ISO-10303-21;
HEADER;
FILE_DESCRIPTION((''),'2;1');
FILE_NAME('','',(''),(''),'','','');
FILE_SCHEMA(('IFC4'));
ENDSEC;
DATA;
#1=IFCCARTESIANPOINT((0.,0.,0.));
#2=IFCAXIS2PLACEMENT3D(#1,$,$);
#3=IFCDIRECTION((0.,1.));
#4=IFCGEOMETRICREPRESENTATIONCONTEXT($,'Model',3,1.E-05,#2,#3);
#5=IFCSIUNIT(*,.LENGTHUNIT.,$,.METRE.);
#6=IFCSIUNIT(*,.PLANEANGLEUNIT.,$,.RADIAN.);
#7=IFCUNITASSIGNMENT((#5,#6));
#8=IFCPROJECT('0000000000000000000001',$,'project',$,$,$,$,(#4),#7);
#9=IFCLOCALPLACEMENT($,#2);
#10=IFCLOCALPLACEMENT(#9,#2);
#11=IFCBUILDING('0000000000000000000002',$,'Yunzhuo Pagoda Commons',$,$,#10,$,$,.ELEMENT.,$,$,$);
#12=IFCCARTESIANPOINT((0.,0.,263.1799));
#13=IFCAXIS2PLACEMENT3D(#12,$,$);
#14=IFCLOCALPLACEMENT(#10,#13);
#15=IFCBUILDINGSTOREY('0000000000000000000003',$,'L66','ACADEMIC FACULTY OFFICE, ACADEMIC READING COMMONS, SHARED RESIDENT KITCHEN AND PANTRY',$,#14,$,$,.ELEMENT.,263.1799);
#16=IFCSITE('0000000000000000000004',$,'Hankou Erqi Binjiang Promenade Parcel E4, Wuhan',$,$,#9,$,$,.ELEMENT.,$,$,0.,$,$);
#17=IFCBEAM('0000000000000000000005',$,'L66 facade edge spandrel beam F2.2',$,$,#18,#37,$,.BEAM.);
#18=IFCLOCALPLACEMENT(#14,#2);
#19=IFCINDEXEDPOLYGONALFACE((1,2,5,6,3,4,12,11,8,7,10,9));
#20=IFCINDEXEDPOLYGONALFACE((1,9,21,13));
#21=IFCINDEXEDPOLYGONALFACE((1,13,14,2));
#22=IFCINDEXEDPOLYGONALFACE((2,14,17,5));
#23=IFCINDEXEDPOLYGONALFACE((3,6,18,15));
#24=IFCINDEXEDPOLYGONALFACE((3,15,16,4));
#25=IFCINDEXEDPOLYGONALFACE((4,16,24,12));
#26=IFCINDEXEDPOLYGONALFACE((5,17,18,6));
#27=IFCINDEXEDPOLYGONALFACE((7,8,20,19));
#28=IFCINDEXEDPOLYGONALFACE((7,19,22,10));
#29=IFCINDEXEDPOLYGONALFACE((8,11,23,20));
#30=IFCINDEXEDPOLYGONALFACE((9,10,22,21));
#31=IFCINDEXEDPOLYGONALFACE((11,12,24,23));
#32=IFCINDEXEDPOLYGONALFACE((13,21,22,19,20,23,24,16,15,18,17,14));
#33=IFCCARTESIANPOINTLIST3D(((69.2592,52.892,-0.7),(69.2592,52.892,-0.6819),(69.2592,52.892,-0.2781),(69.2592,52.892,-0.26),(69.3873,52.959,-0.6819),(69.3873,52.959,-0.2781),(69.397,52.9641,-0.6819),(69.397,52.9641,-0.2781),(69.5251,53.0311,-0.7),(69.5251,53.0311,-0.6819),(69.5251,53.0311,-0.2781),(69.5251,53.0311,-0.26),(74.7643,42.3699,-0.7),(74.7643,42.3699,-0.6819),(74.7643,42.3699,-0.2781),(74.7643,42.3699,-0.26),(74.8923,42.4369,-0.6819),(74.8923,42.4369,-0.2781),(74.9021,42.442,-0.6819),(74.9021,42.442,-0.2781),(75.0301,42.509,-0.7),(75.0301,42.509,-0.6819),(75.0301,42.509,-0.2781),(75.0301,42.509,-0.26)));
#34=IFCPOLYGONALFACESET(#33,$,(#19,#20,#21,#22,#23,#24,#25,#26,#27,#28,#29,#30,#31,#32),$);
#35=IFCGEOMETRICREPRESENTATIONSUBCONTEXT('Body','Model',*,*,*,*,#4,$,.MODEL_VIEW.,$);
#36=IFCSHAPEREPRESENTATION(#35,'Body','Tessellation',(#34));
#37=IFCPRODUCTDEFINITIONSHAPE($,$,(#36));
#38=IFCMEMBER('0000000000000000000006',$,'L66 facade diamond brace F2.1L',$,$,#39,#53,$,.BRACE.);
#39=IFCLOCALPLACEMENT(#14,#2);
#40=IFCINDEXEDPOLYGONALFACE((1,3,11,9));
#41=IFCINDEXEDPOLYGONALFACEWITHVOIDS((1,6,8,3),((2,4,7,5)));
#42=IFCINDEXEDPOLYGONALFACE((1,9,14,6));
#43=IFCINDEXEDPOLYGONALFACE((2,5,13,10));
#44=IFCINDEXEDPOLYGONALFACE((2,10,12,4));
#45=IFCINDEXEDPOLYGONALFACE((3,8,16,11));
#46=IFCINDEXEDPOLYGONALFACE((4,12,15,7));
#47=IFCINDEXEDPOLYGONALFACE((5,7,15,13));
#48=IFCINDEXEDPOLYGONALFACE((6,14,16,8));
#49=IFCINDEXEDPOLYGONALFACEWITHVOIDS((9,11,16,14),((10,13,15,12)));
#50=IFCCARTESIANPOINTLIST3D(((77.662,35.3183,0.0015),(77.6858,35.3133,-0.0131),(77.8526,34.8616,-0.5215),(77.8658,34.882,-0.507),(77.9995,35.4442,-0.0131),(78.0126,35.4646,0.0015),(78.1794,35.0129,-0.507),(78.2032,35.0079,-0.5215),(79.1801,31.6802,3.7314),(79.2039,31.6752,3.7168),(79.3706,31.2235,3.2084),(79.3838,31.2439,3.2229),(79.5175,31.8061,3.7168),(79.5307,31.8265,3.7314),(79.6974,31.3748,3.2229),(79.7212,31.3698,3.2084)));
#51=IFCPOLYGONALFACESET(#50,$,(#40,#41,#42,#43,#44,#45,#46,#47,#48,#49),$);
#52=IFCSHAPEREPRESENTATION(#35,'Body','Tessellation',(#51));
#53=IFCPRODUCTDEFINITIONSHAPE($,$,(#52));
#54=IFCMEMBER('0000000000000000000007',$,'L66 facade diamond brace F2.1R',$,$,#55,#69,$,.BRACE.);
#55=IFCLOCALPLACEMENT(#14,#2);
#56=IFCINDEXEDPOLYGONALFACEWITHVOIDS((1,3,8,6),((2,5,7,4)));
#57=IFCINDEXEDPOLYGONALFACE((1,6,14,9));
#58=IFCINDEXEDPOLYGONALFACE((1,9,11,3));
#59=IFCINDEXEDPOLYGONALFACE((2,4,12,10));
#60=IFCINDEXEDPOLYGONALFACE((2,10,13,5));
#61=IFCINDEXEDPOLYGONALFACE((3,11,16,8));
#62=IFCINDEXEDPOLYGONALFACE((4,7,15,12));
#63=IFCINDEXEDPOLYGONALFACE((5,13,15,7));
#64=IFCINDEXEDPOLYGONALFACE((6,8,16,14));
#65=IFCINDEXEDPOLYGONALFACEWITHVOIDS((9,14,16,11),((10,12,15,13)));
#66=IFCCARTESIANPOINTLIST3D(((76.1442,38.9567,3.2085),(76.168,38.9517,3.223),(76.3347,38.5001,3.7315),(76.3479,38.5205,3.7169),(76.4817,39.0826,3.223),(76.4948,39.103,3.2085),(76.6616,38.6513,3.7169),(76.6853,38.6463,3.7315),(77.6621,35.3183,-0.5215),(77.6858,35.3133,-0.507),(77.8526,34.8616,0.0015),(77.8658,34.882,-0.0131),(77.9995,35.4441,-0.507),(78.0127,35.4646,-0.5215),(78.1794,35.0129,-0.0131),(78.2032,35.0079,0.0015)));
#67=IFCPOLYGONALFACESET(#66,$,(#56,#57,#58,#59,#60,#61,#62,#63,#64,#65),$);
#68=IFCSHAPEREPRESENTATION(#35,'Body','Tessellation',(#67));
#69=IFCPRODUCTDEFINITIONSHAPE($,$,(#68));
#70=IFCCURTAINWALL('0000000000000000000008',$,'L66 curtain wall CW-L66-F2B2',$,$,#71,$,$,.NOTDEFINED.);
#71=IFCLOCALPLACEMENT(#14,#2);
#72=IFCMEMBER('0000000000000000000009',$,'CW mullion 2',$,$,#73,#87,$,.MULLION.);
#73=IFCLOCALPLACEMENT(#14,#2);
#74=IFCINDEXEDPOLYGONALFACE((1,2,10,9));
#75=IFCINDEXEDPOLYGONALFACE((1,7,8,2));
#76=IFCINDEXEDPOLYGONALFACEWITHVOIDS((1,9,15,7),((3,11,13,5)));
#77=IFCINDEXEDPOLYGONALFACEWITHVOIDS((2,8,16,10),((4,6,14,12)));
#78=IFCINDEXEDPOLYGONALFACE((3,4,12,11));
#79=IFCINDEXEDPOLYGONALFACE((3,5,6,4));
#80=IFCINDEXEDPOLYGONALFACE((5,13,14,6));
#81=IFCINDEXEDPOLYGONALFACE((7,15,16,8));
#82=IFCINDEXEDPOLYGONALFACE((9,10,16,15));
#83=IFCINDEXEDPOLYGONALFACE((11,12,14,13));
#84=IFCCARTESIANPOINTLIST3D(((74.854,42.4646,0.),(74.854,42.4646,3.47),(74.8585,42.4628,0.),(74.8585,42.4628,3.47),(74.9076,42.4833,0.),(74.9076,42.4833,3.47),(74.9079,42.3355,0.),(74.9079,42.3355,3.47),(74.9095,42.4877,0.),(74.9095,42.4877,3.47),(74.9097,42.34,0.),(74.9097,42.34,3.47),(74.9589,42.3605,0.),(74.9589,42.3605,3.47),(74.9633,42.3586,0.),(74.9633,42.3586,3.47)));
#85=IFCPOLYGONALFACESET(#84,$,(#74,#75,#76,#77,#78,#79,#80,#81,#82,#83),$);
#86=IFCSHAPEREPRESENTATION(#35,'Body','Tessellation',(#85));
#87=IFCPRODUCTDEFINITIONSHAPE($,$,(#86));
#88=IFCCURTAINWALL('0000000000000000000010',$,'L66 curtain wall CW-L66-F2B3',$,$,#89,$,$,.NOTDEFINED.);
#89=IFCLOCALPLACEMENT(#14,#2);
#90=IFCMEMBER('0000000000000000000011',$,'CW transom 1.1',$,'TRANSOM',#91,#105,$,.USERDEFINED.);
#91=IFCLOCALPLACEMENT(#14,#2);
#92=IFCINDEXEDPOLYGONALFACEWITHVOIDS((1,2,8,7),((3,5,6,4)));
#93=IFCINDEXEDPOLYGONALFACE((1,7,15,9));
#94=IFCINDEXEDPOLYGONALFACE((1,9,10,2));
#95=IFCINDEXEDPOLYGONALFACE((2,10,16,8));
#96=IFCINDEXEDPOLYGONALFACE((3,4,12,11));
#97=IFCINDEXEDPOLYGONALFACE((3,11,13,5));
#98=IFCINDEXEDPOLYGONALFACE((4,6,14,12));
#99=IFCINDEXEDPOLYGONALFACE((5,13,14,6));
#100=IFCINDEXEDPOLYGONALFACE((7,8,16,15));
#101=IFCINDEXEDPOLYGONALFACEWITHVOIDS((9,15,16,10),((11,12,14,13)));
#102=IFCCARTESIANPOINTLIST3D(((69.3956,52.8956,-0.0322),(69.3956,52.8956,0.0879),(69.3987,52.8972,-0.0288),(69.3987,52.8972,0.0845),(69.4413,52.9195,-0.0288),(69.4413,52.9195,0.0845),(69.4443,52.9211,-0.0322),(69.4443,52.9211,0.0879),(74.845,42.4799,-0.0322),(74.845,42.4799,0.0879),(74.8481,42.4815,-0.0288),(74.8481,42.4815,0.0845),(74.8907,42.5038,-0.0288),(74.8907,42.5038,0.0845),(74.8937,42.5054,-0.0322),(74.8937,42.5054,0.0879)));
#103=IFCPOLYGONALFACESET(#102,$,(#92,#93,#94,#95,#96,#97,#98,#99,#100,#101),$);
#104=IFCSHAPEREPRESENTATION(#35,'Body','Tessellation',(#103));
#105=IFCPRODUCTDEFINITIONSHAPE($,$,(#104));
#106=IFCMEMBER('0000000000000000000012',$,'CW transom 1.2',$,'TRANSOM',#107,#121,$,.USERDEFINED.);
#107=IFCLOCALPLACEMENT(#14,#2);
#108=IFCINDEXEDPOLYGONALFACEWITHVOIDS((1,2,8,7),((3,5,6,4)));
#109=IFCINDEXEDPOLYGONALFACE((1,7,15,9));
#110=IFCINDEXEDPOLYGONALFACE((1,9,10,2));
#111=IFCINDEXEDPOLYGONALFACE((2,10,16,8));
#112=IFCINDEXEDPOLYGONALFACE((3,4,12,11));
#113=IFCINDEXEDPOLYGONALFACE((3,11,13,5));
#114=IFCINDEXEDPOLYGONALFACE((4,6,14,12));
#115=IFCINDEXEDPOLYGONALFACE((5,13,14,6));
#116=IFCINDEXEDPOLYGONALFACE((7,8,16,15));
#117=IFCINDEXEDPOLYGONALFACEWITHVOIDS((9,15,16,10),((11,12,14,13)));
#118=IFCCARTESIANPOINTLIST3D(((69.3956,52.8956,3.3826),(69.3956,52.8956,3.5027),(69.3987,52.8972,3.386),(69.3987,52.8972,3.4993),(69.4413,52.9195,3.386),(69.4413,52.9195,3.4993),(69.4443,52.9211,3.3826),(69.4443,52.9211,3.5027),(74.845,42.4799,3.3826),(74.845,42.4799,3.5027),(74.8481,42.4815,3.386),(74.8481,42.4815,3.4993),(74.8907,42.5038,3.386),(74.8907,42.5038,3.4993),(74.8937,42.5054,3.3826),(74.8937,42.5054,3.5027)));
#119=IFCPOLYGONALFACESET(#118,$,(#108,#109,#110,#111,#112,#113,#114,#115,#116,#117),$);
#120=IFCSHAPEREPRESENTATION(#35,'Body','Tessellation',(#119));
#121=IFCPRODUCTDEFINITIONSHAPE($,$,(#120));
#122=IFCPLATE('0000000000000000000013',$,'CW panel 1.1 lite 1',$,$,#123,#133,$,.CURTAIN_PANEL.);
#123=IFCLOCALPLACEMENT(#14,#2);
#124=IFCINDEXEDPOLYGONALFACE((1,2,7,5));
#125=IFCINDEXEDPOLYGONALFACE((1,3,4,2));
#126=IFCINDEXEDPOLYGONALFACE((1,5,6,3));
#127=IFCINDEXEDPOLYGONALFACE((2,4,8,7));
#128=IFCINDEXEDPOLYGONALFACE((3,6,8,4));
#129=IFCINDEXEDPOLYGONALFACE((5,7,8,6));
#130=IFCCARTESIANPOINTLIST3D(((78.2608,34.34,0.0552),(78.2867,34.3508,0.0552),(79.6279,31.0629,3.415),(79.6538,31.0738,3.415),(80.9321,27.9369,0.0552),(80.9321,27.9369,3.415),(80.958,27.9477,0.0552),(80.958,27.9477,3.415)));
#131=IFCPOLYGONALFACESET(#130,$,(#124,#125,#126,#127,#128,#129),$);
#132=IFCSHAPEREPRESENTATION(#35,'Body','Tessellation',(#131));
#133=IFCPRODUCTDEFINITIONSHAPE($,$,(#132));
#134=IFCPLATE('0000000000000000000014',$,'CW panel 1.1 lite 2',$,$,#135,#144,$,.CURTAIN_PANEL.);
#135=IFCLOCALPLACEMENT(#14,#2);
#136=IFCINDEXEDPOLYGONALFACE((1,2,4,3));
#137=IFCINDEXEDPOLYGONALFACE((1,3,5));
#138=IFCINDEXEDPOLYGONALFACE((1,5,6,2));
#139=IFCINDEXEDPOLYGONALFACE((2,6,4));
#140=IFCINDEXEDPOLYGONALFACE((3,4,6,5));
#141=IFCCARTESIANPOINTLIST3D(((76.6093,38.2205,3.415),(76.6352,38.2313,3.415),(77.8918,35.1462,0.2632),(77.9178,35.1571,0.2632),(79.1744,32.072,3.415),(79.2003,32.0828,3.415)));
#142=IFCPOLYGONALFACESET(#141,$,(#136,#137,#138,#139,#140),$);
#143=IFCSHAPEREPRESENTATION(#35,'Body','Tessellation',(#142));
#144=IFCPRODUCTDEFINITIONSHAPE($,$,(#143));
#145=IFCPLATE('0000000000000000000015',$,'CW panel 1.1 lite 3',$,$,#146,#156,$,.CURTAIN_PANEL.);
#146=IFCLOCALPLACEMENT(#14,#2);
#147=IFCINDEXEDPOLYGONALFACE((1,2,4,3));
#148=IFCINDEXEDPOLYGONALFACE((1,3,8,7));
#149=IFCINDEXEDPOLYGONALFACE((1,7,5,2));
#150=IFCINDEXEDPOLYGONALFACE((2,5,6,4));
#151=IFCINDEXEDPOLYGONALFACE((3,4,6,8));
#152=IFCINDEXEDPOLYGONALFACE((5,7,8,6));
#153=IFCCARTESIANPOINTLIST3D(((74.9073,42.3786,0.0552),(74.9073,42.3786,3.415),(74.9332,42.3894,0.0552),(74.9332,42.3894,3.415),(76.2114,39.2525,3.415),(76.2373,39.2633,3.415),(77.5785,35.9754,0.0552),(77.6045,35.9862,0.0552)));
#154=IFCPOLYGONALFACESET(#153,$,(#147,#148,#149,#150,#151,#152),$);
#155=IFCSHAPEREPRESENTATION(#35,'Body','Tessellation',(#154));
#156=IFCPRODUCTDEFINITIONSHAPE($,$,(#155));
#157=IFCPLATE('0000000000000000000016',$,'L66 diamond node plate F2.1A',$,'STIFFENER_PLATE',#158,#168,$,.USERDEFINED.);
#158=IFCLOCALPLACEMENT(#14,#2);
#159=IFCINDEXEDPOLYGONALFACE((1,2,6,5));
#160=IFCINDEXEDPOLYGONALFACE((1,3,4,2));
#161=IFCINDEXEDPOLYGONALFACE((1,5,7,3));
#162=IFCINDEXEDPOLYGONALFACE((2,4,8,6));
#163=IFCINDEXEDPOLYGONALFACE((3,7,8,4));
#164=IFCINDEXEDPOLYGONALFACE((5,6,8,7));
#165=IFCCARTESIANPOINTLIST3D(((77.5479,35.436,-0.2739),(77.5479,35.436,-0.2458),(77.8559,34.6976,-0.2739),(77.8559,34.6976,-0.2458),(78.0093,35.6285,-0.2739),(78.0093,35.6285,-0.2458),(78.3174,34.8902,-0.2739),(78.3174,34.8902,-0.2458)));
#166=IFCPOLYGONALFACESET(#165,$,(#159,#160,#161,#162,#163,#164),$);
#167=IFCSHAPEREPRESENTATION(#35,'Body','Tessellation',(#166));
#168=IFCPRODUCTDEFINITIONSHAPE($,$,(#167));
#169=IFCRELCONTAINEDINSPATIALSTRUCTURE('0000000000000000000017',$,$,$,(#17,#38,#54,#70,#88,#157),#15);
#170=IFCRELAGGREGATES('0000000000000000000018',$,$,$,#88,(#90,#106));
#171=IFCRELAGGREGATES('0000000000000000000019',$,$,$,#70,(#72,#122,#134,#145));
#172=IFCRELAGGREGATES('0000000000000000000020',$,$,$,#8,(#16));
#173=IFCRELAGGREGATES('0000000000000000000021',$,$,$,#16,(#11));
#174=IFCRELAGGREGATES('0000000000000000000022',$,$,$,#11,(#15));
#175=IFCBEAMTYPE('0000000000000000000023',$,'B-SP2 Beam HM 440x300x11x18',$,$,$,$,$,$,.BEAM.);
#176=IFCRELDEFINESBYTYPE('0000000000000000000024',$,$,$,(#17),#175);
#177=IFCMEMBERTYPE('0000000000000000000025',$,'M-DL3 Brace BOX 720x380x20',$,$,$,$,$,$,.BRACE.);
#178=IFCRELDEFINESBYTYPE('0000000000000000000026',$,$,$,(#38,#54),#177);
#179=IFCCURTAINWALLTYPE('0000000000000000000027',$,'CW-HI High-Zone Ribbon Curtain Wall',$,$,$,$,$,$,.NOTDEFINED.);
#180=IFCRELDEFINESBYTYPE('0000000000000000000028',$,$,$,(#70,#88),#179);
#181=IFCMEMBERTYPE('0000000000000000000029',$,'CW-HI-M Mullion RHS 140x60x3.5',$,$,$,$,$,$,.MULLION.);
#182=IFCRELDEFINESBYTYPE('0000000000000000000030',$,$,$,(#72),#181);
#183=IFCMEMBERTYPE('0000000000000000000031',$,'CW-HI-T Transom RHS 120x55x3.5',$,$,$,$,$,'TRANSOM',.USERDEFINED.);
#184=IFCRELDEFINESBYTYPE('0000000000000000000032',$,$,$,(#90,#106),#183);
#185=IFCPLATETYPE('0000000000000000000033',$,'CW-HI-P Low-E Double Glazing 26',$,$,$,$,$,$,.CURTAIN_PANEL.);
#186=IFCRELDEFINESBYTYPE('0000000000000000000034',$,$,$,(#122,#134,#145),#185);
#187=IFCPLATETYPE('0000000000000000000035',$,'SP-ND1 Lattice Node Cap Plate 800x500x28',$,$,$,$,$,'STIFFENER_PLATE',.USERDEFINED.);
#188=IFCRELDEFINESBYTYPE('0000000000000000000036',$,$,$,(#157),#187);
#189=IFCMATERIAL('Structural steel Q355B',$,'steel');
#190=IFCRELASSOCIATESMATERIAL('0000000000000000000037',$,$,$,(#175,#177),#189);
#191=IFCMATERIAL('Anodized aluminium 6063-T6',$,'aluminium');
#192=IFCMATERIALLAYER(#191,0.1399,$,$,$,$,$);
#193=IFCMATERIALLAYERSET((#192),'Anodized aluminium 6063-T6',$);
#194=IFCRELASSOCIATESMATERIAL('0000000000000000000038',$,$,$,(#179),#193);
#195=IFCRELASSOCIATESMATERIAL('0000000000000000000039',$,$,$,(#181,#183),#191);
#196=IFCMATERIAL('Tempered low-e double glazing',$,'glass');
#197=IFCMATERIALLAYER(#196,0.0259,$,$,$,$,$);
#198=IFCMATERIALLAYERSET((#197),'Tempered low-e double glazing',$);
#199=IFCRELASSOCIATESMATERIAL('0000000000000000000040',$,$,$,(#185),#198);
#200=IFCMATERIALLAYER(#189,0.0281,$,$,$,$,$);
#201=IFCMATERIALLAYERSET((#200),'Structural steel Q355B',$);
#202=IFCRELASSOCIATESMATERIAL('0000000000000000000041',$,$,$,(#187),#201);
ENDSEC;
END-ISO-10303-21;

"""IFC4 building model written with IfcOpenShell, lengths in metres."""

from ifc_helpers import new_model, si_unit, direction, frame, origin, origin_2d, place, context, subcontext, project, spatial, polyline, rectangle, hollow_rectangle, i_section, outline, extrude, source, transform, mapped, material, layer, layer_set, material_profile, profile_set, type_object, element, aggregate, save


model = new_model("IFC4")

# Units and contexts
model_context = context("Model", 3, precision=1e-05, world=origin(), true_north=direction((0.0, 1.0)))
body_context = subcontext(model_context, "Body", "Model", "MODEL_VIEW")
ifc_project = project(units=[si_unit("LENGTHUNIT", "METRE"), si_unit("PLANEANGLEUNIT", "RADIAN")], contexts=[model_context])

# Site, building, storey
site_placement = place(None, origin())
site = spatial("IfcSite", under=ifc_project, at=site_placement, Name="Hankou Erqi Binjiang Promenade Parcel E4, Wuhan", CompositionType="ELEMENT", RefElevation=0.0)
building_placement = place(site_placement, origin())
building = spatial("IfcBuilding", under=site, at=building_placement, Name="Yunzhuo Pagoda Commons", CompositionType="ELEMENT")
storey_placement = place(building_placement, frame((0.0, 0.0, 263.1799)))
storey = spatial("IfcBuildingStorey", under=building, at=storey_placement, Name="L66", Description="ACADEMIC FACULTY OFFICE, ACADEMIC READING COMMONS, SHARED RESIDENT KITCHEN AND PANTRY", CompositionType="ELEMENT", Elevation=263.1799)

# Shared definitions
ifc_material_1 = material(Name="Structural steel Q355B", Category="steel")

# Beam
ifc_material_profile_1 = material_profile(ifc_material_1, i_section(OverallWidth=0.3, OverallDepth=0.4399, WebThickness=0.011, FlangeThickness=0.0181, at=origin_2d()), Name="Structural steel Q355B")
ifc_profile_set_1 = profile_set([ifc_material_profile_1], Name="Structural steel Q355B")
beam_type_1 = type_object("IfcBeamType", Name="B-SP2 Beam HM 440x300x11x18", PredefinedType="BEAM", material=ifc_profile_set_1)
shared_shape_1 = source(origin(), body_context, "Body", "SweptSolid", [
    extrude(i_section(OverallWidth=0.3, OverallDepth=0.4399, WebThickness=0.011, FlangeThickness=0.0181, at=origin_2d()), origin(), (0.0, 0.0, 1.0), 11.8752),
])
beam_1_placement = place(storey_placement, frame((74.8972, 42.4395, -0.48), z_axis=(-0.463577, 0.886057, 0.0), x_axis=(-0.886057, -0.463577, 0.0)))
element("IfcBeam", 1, at=beam_1_placement, inside=storey, type_object=beam_type_1, Name="L66 facade edge spandrel beam F2.2", PredefinedType="BEAM", context=body_context, shape_type="MappedRepresentation", body=[
    mapped(shared_shape_1, transform((0.0, 0.0, 0.0), scale=1.0)),
])

# Members
ifc_material_profile_2 = material_profile(ifc_material_1, hollow_rectangle(XDim=0.3799, YDim=0.72, WallThickness=0.02, at=origin_2d()), Name="Structural steel Q355B")
ifc_profile_set_2 = profile_set([ifc_material_profile_2], Name="Structural steel Q355B")
member_type_1 = type_object("IfcMemberType", Name="M-DL3 Brace BOX 720x380x20", PredefinedType="BRACE", material=ifc_profile_set_2)
shared_shape_2 = source(origin(), body_context, "Body", "SweptSolid", [
    extrude(hollow_rectangle(XDim=0.3799, YDim=0.72, WallThickness=0.02, at=origin_2d()), origin(), (0.0, 0.0, 1.0), 5.427),
])
member_1_placement = place(storey_placement, frame((77.9326, 35.1631, -0.26), z_axis=(0.279718, -0.670371, 0.687285), x_axis=(0.922883, 0.385081, 0.0)))
element("IfcMember", 2, at=member_1_placement, inside=storey, type_object=member_type_1, Name="L66 facade diamond brace F2.1L", PredefinedType="BRACE", context=body_context, shape_type="MappedRepresentation", body=[
    mapped(shared_shape_2, transform((0.0, 0.0, 0.0), scale=1.0)),
])
shared_shape_3 = source(origin(), body_context, "Body", "SweptSolid", [
    extrude(hollow_rectangle(XDim=0.3799, YDim=0.72, WallThickness=0.02, at=origin_2d()), origin(), (0.0, 0.0, 1.0), 5.4272),
])
member_2_placement = place(storey_placement, frame((77.9326, 35.1631, -0.26), z_axis=(-0.279669, 0.670404, 0.687273), x_axis=(-0.922914, -0.385007, 0.0)))
element("IfcMember", 3, at=member_2_placement, inside=storey, type_object=member_type_1, Name="L66 facade diamond brace F2.1R", PredefinedType="BRACE", context=body_context, shape_type="MappedRepresentation", body=[
    mapped(shared_shape_3, transform((0.0, 0.0, 0.0), scale=1.0)),
])

# Curtain wall, member
ifc_material_2 = material(Name="Anodized aluminium 6063-T6", Category="aluminium")
ifc_layer_1 = layer(ifc_material_2, 0.1399)
ifc_layer_set_1 = layer_set([ifc_layer_1], Name="Anodized aluminium 6063-T6")
curtain_wall_type = type_object("IfcCurtainWallType", Name="CW-HI High-Zone Ribbon Curtain Wall", PredefinedType="NOTDEFINED", material=ifc_layer_set_1)
curtain_wall_1_placement = place(storey_placement, origin())
curtain_wall_1 = element("IfcCurtainWall", 4, at=curtain_wall_1_placement, inside=storey, type_object=curtain_wall_type, Name="L66 curtain wall CW-L66-F2B2", PredefinedType="NOTDEFINED")
ifc_material_profile_3 = material_profile(ifc_material_2, hollow_rectangle(XDim=0.0601, YDim=0.1399, WallThickness=0.0034, at=origin_2d()), Name="Anodized aluminium 6063-T6")
ifc_profile_set_3 = profile_set([ifc_material_profile_3], Name="Anodized aluminium 6063-T6")
member_type_2 = type_object("IfcMemberType", Name="CW-HI-M Mullion RHS 140x60x3.5", PredefinedType="MULLION", material=ifc_profile_set_3)
shared_shape_4 = source(origin(), body_context, "Body", "SweptSolid", [
    extrude(hollow_rectangle(XDim=0.0601, YDim=0.1399, WallThickness=0.0034, at=origin_2d()), origin(), (0.0, 0.0, 1.0), 3.47),
])
member_3_placement = place(storey_placement, frame((74.9087, 42.4116, 0.0), z_axis=(0.0, 0.0, 1.0), x_axis=(-0.92291, -0.385016, 0.0)))
member_3 = element("IfcMember", 5, at=member_3_placement, type_object=member_type_2, Name="CW mullion 2", PredefinedType="MULLION", context=body_context, shape_type="MappedRepresentation", body=[
    mapped(shared_shape_4, transform((0.0, 0.0, 0.0), scale=1.0)),
])

# Curtain wall, members
curtain_wall_2_placement = place(storey_placement, origin())
curtain_wall_2 = element("IfcCurtainWall", 6, at=curtain_wall_2_placement, inside=storey, type_object=curtain_wall_type, Name="L66 curtain wall CW-L66-F2B3", PredefinedType="NOTDEFINED")
ifc_material_profile_4 = material_profile(ifc_material_2, hollow_rectangle(XDim=0.0549, YDim=0.1201, WallThickness=0.0034, at=origin_2d()), Name="Anodized aluminium 6063-T6")
ifc_profile_set_4 = profile_set([ifc_material_profile_4], Name="Anodized aluminium 6063-T6")
member_type_3 = type_object("IfcMemberType", Name="CW-HI-T Transom RHS 120x55x3.5", ElementType="TRANSOM", PredefinedType="USERDEFINED", material=ifc_profile_set_4)
shared_shape_5 = source(origin(), body_context, "Body", "SweptSolid", [
    extrude(hollow_rectangle(XDim=0.0549, YDim=0.1201, WallThickness=0.0034, at=origin_2d()), origin(), (0.0, 0.0, 1.0), 11.7551),
])
member_4_placement = place(storey_placement, frame((74.8694, 42.4927, 0.0278), z_axis=(-0.463579, 0.886056, 0.0), x_axis=(-0.886056, -0.463579, 0.0)))
member_4 = element("IfcMember", 7, at=member_4_placement, type_object=member_type_3, Name="CW transom 1.1", ObjectType="TRANSOM", PredefinedType="USERDEFINED", context=body_context, shape_type="MappedRepresentation", body=[
    mapped(shared_shape_5, transform((0.0, 0.0, 0.0), scale=1.0)),
])
member_5_placement = place(storey_placement, frame((74.8694, 42.4927, 3.4426), z_axis=(-0.463579, 0.886056, 0.0), x_axis=(-0.886056, -0.463579, 0.0)))
member_5 = element("IfcMember", 8, at=member_5_placement, type_object=member_type_3, Name="CW transom 1.2", ObjectType="TRANSOM", PredefinedType="USERDEFINED", context=body_context, shape_type="MappedRepresentation", body=[
    mapped(shared_shape_5, transform((0.0, 0.0, 0.0), scale=1.0)),
])
aggregate(curtain_wall_2, [member_4, member_5])

# Plates
ifc_material_3 = material(Name="Tempered low-e double glazing", Category="glass")
ifc_layer_2 = layer(ifc_material_3, 0.0259)
ifc_layer_set_2 = layer_set([ifc_layer_2], Name="Tempered low-e double glazing")
plate_type_1 = type_object("IfcPlateType", Name="CW-HI-P Low-E Double Glazing 26", PredefinedType="CURTAIN_PANEL", material=ifc_layer_set_2)
plate_1_placement = place(storey_placement, frame((79.5964, 31.1384, 1.7351), z_axis=(0.92291, 0.385016, 0.0), x_axis=(-0.385016, 0.92291, 0.0)))
plate_1 = element("IfcPlate", 9, at=plate_1_placement, type_object=plate_type_1, Name="CW panel 1.1 lite 1", PredefinedType="CURTAIN_PANEL", context=body_context, shape_type="SweptSolid", body=[
    extrude(outline(polyline([(-3.469, -1.6799), (3.469, -1.6799), (-0.0818, 1.6799), (-3.469, 1.6799), (-3.469, -1.6799)])), origin(), (0.0, 0.0, 1.0), 0.0281),
])
plate_2_placement = place(storey_placement, frame((77.8918, 35.1462, 1.8391), z_axis=(0.92291, 0.385016, 0.0), x_axis=(-0.385016, 0.92291, 0.0)))
plate_2 = element("IfcPlate", 10, at=plate_2_placement, type_object=plate_type_1, Name="CW panel 1.1 lite 2", PredefinedType="CURTAIN_PANEL", context=body_context, shape_type="SweptSolid", body=[
    extrude(outline(polyline([(-3.3311, 1.5759), (0.0, -1.5759), (3.3311, 1.5759), (-3.3311, 1.5759)])), origin(), (0.0, 0.0, 1.0), 0.0281),
])
plate_3_placement = place(storey_placement, frame((76.2429, 39.177, 1.7351), z_axis=(0.92291, 0.385016, 0.0), x_axis=(-0.385016, 0.92291, 0.0)))
plate_3 = element("IfcPlate", 11, at=plate_3_placement, type_object=plate_type_1, Name="CW panel 1.1 lite 3", PredefinedType="CURTAIN_PANEL", context=body_context, shape_type="SweptSolid", body=[
    extrude(outline(polyline([(-3.469, -1.6799), (3.469, -1.6799), (3.469, 1.6799), (0.0818, 1.6799), (-3.469, -1.6799)])), origin(), (0.0, 0.0, 1.0), 0.0281),
])
aggregate(curtain_wall_1, [member_3, plate_1, plate_2, plate_3])

# Plate
ifc_layer_3 = layer(ifc_material_1, 0.0281)
ifc_layer_set_3 = layer_set([ifc_layer_3], Name="Structural steel Q355B")
plate_type_2 = type_object("IfcPlateType", Name="SP-ND1 Lattice Node Cap Plate 800x500x28", ElementType="STIFFENER_PLATE", PredefinedType="USERDEFINED", material=ifc_layer_set_3)
shared_shape_6 = source(origin(), body_context, "Body", "SweptSolid", [
    extrude(rectangle(XDim=0.8, YDim=0.5, at=origin_2d()), origin(), (0.0, 0.0, 1.0), 0.0281),
])
plate_4_placement = place(storey_placement, frame((77.9326, 35.1631, -0.2739), z_axis=(0.0, 0.0, 1.0), x_axis=(-0.38502, 0.922908, 0.0)))
element("IfcPlate", 12, at=plate_4_placement, inside=storey, type_object=plate_type_2, Name="L66 diamond node plate F2.1A", ObjectType="STIFFENER_PLATE", PredefinedType="USERDEFINED", context=body_context, shape_type="MappedRepresentation", body=[
    mapped(shared_shape_6, transform((0.0, 0.0, 0.0), scale=1.0)),
])

save(model, "model.ifc")
